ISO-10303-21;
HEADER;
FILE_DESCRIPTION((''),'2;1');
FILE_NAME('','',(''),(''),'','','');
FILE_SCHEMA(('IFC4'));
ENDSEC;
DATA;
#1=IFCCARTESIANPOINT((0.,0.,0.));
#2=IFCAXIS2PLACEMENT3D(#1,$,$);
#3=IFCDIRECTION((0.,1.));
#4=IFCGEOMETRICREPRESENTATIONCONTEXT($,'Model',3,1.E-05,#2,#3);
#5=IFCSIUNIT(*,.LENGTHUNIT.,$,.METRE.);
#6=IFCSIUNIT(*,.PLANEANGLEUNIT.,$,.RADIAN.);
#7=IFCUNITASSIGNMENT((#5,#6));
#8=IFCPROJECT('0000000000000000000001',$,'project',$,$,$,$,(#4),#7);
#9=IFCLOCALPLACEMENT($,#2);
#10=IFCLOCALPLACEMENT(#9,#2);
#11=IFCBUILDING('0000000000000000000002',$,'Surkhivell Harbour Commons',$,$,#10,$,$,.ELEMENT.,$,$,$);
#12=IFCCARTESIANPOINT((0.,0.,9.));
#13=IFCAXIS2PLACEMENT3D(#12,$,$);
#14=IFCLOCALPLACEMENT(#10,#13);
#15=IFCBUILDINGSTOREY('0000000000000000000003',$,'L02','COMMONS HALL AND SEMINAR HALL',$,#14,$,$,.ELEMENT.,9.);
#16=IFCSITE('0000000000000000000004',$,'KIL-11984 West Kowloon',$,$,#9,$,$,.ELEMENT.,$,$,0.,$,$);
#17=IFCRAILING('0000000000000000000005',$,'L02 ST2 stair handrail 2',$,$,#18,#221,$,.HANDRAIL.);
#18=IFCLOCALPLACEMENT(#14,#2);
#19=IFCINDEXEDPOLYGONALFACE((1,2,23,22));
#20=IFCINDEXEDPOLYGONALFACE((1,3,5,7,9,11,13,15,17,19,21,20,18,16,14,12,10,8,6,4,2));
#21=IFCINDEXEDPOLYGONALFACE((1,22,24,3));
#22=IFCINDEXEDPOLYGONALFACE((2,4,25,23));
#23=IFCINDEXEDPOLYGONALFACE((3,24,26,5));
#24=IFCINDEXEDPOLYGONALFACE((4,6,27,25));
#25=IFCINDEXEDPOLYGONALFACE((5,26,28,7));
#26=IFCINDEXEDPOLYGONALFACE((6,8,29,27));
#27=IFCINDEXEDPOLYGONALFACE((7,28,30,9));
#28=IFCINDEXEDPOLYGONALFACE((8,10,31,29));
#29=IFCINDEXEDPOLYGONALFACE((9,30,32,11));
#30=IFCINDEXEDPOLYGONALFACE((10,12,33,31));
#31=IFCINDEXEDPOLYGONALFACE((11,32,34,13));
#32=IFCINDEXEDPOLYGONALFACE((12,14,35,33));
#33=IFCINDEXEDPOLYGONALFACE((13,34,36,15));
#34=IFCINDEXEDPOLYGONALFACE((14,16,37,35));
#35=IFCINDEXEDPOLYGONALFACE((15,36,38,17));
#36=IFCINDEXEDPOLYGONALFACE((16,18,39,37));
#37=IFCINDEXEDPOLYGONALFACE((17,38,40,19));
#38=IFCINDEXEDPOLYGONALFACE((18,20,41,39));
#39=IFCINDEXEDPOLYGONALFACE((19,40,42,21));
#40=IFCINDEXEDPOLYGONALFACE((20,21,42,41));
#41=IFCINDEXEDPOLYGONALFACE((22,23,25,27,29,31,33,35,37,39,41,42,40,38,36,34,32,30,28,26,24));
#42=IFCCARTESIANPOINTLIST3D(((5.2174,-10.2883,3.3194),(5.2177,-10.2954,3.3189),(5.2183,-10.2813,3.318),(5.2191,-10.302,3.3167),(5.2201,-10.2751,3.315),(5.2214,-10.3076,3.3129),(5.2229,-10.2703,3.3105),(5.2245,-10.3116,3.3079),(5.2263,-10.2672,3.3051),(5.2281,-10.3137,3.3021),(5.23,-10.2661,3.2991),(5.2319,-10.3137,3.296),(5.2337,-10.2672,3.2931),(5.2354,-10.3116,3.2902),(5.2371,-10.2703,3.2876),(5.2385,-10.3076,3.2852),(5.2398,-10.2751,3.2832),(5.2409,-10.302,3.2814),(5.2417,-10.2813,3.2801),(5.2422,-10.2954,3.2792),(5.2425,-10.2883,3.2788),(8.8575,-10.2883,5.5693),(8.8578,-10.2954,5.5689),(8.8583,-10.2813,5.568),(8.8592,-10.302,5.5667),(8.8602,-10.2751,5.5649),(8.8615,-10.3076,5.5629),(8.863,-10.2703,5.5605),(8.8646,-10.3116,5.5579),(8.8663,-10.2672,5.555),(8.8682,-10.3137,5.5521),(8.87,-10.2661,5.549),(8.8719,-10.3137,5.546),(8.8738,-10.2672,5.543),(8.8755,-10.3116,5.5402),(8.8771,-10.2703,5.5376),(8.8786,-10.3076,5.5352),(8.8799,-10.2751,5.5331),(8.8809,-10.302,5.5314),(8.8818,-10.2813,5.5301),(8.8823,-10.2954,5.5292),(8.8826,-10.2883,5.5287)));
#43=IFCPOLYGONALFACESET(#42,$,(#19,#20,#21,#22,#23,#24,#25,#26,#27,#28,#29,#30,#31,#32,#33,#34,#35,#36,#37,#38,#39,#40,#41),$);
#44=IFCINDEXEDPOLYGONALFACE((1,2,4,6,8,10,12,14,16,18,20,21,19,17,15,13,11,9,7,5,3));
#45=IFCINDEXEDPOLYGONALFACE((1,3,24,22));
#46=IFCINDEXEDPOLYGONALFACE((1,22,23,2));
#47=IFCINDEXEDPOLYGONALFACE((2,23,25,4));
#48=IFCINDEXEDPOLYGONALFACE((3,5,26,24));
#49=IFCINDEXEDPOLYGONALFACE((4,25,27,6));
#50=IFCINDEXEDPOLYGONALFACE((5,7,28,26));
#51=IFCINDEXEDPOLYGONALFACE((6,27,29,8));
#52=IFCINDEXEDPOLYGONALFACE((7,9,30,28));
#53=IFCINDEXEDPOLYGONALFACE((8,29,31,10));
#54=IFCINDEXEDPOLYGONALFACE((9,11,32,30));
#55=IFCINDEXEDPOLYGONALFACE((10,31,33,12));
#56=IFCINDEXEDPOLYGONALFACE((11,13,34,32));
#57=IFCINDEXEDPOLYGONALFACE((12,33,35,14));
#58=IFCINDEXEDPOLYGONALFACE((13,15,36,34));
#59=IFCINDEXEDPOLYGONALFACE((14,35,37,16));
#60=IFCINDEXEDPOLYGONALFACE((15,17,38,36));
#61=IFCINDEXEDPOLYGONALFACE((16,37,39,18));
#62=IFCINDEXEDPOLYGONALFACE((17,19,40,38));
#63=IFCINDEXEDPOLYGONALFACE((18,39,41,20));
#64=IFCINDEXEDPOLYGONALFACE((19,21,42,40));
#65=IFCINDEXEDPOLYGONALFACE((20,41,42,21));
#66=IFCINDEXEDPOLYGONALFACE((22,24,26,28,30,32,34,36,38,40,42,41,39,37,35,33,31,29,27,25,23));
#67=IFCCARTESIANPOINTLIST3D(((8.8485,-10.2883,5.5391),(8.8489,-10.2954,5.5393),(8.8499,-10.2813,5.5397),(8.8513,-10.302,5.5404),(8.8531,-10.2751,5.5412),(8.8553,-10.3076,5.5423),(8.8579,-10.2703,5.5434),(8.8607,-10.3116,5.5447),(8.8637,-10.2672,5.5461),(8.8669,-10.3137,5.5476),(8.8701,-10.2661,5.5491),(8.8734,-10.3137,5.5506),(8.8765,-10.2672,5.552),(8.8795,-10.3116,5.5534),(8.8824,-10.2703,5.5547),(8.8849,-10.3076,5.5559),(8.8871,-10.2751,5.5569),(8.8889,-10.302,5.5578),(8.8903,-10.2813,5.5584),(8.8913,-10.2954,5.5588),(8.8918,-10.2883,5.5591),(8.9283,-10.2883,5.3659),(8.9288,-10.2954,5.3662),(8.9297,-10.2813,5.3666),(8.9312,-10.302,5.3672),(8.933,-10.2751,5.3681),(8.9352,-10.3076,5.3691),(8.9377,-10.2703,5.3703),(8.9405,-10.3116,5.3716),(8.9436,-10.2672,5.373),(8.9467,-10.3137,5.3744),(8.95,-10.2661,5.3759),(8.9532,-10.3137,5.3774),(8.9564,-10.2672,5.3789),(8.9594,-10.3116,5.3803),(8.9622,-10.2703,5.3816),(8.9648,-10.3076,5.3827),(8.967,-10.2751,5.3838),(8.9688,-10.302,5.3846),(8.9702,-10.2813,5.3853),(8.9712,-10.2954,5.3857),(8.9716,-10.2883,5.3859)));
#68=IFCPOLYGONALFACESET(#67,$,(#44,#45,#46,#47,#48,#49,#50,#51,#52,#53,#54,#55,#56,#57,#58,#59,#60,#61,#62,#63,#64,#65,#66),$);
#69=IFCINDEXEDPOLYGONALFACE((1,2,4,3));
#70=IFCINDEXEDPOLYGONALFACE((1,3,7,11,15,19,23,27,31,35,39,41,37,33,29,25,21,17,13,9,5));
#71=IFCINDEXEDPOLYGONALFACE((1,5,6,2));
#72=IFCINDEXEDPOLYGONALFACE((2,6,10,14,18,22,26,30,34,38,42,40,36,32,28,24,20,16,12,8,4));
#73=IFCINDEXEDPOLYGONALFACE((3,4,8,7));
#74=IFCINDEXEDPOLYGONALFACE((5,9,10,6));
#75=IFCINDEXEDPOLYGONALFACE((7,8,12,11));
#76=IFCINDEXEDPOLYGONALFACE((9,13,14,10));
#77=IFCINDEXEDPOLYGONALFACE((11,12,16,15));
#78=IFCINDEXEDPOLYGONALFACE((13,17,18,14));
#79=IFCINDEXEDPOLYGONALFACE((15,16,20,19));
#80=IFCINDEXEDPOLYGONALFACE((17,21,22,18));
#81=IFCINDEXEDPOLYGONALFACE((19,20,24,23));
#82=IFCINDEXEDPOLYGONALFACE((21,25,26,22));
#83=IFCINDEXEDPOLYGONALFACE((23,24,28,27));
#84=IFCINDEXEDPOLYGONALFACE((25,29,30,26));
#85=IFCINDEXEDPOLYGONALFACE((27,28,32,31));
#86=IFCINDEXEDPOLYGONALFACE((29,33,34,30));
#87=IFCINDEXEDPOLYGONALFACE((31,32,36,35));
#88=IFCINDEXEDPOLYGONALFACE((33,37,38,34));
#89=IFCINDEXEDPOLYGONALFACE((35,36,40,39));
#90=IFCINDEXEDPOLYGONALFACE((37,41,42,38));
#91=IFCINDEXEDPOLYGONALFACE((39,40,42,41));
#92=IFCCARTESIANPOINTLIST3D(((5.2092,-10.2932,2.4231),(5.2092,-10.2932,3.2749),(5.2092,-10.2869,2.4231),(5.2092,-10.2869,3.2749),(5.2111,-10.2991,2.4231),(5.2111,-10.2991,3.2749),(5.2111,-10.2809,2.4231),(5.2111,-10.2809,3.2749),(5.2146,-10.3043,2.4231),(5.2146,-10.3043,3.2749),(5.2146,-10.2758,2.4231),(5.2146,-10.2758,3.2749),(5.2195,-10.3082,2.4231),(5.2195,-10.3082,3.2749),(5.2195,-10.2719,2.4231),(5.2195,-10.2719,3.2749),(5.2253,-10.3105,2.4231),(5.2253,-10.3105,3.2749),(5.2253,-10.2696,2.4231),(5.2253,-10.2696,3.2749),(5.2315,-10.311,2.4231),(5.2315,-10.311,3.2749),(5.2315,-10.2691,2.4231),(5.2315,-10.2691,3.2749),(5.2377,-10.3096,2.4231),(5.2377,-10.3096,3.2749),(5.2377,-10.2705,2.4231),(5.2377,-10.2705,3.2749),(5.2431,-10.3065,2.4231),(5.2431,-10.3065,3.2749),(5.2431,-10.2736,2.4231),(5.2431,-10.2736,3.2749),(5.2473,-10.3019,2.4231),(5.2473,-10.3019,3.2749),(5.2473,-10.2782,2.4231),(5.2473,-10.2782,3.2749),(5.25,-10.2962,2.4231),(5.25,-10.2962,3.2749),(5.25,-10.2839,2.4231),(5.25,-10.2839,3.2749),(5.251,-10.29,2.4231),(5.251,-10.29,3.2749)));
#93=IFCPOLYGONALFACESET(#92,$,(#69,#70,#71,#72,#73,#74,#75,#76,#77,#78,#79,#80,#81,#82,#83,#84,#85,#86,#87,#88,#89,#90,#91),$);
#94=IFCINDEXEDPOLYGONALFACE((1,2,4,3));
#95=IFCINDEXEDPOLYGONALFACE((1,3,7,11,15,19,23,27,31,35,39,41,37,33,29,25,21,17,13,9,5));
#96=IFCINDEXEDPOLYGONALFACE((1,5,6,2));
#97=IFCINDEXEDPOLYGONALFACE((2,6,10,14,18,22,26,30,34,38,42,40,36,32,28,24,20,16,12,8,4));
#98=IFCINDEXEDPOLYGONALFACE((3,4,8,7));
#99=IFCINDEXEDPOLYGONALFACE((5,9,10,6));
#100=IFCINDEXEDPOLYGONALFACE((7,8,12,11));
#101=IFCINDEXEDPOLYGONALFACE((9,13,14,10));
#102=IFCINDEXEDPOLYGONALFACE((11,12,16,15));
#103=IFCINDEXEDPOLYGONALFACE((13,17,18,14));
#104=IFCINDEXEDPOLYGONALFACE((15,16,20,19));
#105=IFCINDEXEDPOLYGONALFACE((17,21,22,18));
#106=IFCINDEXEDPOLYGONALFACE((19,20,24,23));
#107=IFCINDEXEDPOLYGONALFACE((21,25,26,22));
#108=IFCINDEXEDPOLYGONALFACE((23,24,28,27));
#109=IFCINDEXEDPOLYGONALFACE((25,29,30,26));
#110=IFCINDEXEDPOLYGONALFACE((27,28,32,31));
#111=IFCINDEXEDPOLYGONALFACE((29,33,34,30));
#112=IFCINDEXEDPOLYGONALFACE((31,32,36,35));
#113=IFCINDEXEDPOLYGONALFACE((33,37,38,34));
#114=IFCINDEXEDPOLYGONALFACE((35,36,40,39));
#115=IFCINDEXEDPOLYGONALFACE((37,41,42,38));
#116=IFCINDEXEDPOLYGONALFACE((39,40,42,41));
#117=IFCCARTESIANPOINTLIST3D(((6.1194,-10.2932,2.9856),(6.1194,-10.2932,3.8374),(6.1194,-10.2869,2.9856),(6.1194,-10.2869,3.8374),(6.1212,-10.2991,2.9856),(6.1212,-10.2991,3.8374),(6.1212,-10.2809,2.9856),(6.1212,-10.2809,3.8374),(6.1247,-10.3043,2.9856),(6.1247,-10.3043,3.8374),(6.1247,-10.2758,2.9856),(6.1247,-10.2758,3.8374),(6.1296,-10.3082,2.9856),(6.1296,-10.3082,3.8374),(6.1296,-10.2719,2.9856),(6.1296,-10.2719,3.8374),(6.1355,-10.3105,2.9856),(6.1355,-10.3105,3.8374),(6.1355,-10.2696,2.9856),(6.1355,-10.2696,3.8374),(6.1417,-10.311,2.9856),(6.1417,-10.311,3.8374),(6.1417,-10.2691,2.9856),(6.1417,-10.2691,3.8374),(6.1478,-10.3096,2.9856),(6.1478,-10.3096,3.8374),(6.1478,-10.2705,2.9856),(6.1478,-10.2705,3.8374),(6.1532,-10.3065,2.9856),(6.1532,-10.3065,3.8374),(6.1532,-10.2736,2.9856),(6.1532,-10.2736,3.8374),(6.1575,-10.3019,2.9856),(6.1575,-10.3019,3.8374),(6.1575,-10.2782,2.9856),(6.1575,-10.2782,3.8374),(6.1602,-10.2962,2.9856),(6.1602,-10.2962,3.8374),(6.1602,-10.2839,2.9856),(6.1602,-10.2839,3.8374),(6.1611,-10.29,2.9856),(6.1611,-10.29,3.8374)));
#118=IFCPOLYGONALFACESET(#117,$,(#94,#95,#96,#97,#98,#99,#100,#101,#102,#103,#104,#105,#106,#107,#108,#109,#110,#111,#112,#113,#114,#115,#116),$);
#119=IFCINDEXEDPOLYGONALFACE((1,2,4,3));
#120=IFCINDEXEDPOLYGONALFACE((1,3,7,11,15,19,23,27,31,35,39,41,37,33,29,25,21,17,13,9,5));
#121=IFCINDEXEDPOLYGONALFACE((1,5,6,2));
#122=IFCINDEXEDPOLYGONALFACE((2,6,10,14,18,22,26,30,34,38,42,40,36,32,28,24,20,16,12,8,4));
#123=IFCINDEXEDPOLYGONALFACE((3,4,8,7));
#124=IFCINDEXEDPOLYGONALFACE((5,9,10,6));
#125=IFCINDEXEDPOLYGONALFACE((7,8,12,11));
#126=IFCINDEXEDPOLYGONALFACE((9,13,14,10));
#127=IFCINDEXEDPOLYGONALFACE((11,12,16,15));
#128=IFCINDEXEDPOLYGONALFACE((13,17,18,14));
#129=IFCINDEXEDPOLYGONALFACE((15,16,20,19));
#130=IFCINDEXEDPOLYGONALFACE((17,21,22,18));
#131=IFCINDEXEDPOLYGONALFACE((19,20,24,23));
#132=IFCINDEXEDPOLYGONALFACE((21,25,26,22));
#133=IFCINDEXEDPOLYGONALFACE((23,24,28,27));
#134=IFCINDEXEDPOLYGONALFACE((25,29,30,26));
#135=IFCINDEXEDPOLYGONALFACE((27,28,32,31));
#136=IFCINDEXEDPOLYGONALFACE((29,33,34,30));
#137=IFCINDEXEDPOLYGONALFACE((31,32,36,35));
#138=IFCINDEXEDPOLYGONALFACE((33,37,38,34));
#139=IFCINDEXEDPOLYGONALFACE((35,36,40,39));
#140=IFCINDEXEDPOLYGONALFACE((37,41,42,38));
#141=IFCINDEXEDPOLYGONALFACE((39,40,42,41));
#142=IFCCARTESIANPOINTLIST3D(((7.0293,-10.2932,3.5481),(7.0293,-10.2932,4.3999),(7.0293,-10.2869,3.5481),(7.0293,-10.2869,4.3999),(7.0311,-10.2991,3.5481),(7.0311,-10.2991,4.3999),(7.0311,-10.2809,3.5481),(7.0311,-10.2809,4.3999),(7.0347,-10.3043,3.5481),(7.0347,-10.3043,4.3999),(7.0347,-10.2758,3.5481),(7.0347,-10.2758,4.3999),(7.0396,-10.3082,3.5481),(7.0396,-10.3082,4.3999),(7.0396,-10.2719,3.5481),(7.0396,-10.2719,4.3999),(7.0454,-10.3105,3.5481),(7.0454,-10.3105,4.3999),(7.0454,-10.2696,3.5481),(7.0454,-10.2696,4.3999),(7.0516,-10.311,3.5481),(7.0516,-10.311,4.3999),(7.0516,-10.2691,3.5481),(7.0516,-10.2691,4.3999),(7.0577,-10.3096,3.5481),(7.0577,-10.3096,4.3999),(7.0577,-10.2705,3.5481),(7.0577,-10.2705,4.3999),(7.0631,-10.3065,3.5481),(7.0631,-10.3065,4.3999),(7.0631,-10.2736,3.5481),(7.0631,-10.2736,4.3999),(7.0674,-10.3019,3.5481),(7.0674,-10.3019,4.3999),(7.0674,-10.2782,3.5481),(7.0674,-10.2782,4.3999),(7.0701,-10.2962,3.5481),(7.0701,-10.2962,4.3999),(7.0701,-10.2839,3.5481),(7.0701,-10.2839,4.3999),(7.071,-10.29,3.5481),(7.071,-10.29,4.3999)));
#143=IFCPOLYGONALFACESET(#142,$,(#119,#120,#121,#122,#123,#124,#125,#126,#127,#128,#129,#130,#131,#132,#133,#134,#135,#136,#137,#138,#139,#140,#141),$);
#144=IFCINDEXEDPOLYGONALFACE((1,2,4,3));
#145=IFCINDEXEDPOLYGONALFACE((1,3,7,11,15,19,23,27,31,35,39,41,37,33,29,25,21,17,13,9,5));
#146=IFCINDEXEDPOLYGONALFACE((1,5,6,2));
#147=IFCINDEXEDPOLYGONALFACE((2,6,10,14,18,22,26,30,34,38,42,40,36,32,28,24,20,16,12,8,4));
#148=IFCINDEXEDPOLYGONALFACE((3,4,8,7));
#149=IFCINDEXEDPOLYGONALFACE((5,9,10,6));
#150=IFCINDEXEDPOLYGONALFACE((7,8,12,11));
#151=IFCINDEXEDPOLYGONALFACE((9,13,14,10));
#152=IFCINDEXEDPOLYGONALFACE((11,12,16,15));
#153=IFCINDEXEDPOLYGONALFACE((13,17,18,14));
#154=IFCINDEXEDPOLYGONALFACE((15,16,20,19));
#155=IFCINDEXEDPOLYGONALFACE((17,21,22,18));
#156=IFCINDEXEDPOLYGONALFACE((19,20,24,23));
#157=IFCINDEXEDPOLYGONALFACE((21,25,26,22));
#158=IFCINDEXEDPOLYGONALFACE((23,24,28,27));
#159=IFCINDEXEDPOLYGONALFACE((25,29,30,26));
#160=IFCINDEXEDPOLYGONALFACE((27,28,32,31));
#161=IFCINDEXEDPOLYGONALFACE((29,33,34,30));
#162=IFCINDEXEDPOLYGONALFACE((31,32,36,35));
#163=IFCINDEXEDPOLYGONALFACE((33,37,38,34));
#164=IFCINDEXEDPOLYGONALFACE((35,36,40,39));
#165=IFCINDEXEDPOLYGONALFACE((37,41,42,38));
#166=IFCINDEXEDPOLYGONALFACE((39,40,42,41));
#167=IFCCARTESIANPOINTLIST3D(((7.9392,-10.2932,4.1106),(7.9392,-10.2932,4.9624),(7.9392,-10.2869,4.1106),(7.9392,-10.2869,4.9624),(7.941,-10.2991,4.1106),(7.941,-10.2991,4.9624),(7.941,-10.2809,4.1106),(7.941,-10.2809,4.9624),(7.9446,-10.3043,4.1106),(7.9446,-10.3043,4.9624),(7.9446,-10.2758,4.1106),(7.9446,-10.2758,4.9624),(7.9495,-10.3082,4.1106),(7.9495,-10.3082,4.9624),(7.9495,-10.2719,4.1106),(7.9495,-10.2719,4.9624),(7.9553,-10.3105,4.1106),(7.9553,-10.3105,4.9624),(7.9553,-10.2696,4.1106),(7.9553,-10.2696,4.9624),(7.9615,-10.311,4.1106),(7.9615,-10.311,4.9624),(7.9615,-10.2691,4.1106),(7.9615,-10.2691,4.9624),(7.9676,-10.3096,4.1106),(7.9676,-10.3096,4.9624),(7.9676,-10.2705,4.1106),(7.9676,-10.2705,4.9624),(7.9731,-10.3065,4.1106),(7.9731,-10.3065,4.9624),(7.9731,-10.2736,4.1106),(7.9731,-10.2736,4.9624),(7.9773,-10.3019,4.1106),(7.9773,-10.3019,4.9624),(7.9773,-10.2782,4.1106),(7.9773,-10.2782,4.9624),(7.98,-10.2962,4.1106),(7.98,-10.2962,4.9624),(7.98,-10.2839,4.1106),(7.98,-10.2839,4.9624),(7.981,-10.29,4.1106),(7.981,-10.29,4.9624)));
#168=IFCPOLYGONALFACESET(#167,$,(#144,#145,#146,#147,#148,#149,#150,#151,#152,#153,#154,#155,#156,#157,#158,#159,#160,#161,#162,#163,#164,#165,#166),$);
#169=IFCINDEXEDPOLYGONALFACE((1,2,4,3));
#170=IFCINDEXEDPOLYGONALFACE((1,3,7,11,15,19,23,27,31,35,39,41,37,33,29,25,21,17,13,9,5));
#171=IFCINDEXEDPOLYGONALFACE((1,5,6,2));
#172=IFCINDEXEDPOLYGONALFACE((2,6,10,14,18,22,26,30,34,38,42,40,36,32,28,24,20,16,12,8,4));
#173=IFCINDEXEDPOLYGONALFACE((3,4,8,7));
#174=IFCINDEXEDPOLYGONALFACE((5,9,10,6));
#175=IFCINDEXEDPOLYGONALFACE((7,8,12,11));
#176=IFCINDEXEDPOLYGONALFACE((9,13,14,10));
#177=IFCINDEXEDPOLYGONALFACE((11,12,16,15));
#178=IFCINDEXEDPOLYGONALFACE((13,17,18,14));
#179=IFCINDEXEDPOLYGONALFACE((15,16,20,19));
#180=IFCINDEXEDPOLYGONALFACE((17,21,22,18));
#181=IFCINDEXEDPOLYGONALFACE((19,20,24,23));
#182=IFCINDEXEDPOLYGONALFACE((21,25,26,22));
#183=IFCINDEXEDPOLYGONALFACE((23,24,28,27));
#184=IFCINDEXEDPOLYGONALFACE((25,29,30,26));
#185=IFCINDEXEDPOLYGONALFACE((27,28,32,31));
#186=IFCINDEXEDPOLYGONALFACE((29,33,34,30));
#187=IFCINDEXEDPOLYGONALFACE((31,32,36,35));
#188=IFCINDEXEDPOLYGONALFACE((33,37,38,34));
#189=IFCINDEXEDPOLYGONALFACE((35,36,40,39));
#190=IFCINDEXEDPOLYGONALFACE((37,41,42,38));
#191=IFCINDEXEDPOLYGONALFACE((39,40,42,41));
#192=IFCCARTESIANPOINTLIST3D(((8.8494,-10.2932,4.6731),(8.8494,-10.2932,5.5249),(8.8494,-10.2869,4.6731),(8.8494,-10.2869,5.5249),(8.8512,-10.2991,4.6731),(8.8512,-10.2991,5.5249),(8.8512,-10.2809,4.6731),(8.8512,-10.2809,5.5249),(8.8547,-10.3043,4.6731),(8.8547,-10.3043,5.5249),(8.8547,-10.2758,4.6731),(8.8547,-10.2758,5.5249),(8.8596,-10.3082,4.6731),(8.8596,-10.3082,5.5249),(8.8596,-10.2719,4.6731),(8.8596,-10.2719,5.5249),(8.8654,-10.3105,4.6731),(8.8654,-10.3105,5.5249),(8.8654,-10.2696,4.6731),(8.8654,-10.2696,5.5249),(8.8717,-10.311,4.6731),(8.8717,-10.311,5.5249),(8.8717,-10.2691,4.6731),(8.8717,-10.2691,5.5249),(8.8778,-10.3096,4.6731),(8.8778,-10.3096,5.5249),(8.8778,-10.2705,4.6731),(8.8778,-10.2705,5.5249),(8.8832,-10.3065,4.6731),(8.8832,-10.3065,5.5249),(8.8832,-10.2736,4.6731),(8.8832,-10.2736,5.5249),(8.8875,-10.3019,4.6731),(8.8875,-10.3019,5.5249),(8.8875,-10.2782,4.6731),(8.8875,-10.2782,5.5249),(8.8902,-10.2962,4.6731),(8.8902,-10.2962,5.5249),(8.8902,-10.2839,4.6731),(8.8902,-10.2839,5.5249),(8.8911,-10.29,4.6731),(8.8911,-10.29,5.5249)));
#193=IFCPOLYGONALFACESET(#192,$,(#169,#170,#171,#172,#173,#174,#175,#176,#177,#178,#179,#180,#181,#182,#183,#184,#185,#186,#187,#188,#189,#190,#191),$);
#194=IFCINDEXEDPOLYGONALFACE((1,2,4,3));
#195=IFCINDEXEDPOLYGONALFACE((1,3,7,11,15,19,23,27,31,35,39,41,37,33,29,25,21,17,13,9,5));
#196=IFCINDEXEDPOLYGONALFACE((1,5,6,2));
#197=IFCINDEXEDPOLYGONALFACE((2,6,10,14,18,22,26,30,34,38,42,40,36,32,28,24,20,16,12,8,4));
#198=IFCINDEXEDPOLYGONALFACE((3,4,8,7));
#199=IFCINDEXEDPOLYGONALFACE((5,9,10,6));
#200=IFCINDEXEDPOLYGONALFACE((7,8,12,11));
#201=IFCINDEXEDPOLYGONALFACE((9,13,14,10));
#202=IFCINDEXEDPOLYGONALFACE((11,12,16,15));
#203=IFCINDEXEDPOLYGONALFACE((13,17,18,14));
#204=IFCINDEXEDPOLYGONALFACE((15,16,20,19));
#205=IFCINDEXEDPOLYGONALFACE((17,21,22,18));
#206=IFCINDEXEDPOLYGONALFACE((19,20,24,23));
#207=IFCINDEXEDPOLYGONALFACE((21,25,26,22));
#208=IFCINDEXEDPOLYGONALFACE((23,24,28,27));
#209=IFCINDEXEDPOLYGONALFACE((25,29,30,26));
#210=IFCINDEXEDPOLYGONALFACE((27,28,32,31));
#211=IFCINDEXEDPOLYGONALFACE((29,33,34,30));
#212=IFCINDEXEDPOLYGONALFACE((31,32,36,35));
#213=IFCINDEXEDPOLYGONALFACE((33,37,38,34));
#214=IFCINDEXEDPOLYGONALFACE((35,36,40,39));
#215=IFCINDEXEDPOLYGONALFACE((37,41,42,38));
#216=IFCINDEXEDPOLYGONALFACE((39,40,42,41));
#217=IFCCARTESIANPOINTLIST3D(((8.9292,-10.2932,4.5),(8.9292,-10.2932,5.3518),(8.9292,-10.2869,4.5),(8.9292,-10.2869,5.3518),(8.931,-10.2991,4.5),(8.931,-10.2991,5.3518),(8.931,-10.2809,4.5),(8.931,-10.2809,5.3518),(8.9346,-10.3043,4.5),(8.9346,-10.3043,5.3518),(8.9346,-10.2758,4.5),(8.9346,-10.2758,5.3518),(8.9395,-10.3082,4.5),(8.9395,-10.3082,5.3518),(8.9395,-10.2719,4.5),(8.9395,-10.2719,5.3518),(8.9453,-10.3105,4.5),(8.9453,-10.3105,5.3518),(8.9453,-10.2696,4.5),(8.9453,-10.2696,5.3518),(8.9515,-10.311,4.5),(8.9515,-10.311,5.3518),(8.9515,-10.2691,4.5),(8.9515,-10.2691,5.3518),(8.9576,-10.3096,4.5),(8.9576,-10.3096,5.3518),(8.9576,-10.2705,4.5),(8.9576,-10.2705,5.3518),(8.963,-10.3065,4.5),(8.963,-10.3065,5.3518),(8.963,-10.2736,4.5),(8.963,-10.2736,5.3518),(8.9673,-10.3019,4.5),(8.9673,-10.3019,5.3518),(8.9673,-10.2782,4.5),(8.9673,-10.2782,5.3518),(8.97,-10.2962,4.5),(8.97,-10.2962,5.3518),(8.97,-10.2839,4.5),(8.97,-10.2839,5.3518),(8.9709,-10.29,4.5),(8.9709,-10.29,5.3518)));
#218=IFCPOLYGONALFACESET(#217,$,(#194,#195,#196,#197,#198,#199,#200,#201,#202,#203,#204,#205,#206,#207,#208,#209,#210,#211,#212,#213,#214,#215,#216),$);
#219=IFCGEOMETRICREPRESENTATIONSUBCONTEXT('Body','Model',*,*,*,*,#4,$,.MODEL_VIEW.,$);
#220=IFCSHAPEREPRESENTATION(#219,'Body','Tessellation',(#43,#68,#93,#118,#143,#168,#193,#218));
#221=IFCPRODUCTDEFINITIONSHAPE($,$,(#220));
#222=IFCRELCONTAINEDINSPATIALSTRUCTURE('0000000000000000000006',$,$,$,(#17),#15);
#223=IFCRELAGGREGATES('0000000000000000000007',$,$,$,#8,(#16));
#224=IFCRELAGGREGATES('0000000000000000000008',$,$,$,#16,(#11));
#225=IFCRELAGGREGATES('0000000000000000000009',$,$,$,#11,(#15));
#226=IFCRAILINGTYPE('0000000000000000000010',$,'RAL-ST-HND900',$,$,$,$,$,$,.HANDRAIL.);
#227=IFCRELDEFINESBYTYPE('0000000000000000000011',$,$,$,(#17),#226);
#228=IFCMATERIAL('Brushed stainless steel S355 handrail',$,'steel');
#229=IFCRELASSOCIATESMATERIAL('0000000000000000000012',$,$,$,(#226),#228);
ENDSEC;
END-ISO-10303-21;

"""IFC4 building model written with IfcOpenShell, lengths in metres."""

from ifc_helpers import new_model, si_unit, direction, frame, origin, origin_2d, place, context, subcontext, project, spatial, circle, extrude, material, type_object, element, save


model = new_model("IFC4")

# Units and contexts
model_context = context("Model", 3, precision=1e-05, world=origin(), true_north=direction((0.0, 1.0)))
body_context = subcontext(model_context, "Body", "Model", "MODEL_VIEW")
ifc_project = project(units=[si_unit("LENGTHUNIT", "METRE"), si_unit("PLANEANGLEUNIT", "RADIAN")], contexts=[model_context])

# Site, building, storey
site_placement = place(None, origin())
site = spatial("IfcSite", under=ifc_project, at=site_placement, Name="KIL-11984 West Kowloon", CompositionType="ELEMENT", RefElevation=0.0)
building_placement = place(site_placement, origin())
building = spatial("IfcBuilding", under=site, at=building_placement, Name="Surkhivell Harbour Commons", CompositionType="ELEMENT")
storey_placement = place(building_placement, frame((0.0, 0.0, 9.0)))
storey = spatial("IfcBuildingStorey", under=building, at=storey_placement, Name="L02", Description="COMMONS HALL AND SEMINAR HALL", CompositionType="ELEMENT", Elevation=9.0)

# Railing
ifc_material_1 = material(Name="Brushed stainless steel S355 handrail", Category="steel")
railing_type_1 = type_object("IfcRailingType", Name="RAL-ST-HND900", PredefinedType="HANDRAIL", material=ifc_material_1)
railing_1_placement = place(storey_placement, frame((5.23, -10.29, 2.4231)))
element("IfcRailing", 1, at=railing_1_placement, inside=storey, type_object=railing_type_1, Name="L02 ST2 stair handrail 2", PredefinedType="HANDRAIL", context=body_context, shape_type="SweptSolid", body=[
    extrude(circle(Radius=0.0239, at=origin_2d()), frame((0.0, 0.0, 0.876), z_axis=(0.850622, 0.0, 0.525777), x_axis=(0.0, 1.0, 0.0)), (0.0, 0.0, 1.0), 4.2793),
    extrude(circle(Radius=0.0239, at=origin_2d()), frame((3.6401, 0.0, 3.126), z_axis=(0.418815, 0.0, -0.908072), x_axis=(0.0, 1.0, 0.0)), (0.0, 0.0, 1.0), 0.1907),
    extrude(circle(Radius=0.021, at=origin_2d()), origin(), (0.0, 0.0, 1.0), 0.8518),
    extrude(circle(Radius=0.021, at=origin_2d()), frame((0.9102, 0.0, 0.5625)), (0.0, 0.0, 1.0), 0.8518),
    extrude(circle(Radius=0.021, at=origin_2d()), frame((1.8201, 0.0, 1.125)), (0.0, 0.0, 1.0), 0.8518),
    extrude(circle(Radius=0.021, at=origin_2d()), frame((2.73, 0.0, 1.6875)), (0.0, 0.0, 1.0), 0.8518),
    extrude(circle(Radius=0.021, at=origin_2d()), frame((3.6401, 0.0, 2.25)), (0.0, 0.0, 1.0), 0.8518),
    extrude(circle(Radius=0.021, at=origin_2d()), frame((3.72, 0.0, 2.0769)), (0.0, 0.0, 1.0), 0.8518),
])

save(model, "model.ifc")
